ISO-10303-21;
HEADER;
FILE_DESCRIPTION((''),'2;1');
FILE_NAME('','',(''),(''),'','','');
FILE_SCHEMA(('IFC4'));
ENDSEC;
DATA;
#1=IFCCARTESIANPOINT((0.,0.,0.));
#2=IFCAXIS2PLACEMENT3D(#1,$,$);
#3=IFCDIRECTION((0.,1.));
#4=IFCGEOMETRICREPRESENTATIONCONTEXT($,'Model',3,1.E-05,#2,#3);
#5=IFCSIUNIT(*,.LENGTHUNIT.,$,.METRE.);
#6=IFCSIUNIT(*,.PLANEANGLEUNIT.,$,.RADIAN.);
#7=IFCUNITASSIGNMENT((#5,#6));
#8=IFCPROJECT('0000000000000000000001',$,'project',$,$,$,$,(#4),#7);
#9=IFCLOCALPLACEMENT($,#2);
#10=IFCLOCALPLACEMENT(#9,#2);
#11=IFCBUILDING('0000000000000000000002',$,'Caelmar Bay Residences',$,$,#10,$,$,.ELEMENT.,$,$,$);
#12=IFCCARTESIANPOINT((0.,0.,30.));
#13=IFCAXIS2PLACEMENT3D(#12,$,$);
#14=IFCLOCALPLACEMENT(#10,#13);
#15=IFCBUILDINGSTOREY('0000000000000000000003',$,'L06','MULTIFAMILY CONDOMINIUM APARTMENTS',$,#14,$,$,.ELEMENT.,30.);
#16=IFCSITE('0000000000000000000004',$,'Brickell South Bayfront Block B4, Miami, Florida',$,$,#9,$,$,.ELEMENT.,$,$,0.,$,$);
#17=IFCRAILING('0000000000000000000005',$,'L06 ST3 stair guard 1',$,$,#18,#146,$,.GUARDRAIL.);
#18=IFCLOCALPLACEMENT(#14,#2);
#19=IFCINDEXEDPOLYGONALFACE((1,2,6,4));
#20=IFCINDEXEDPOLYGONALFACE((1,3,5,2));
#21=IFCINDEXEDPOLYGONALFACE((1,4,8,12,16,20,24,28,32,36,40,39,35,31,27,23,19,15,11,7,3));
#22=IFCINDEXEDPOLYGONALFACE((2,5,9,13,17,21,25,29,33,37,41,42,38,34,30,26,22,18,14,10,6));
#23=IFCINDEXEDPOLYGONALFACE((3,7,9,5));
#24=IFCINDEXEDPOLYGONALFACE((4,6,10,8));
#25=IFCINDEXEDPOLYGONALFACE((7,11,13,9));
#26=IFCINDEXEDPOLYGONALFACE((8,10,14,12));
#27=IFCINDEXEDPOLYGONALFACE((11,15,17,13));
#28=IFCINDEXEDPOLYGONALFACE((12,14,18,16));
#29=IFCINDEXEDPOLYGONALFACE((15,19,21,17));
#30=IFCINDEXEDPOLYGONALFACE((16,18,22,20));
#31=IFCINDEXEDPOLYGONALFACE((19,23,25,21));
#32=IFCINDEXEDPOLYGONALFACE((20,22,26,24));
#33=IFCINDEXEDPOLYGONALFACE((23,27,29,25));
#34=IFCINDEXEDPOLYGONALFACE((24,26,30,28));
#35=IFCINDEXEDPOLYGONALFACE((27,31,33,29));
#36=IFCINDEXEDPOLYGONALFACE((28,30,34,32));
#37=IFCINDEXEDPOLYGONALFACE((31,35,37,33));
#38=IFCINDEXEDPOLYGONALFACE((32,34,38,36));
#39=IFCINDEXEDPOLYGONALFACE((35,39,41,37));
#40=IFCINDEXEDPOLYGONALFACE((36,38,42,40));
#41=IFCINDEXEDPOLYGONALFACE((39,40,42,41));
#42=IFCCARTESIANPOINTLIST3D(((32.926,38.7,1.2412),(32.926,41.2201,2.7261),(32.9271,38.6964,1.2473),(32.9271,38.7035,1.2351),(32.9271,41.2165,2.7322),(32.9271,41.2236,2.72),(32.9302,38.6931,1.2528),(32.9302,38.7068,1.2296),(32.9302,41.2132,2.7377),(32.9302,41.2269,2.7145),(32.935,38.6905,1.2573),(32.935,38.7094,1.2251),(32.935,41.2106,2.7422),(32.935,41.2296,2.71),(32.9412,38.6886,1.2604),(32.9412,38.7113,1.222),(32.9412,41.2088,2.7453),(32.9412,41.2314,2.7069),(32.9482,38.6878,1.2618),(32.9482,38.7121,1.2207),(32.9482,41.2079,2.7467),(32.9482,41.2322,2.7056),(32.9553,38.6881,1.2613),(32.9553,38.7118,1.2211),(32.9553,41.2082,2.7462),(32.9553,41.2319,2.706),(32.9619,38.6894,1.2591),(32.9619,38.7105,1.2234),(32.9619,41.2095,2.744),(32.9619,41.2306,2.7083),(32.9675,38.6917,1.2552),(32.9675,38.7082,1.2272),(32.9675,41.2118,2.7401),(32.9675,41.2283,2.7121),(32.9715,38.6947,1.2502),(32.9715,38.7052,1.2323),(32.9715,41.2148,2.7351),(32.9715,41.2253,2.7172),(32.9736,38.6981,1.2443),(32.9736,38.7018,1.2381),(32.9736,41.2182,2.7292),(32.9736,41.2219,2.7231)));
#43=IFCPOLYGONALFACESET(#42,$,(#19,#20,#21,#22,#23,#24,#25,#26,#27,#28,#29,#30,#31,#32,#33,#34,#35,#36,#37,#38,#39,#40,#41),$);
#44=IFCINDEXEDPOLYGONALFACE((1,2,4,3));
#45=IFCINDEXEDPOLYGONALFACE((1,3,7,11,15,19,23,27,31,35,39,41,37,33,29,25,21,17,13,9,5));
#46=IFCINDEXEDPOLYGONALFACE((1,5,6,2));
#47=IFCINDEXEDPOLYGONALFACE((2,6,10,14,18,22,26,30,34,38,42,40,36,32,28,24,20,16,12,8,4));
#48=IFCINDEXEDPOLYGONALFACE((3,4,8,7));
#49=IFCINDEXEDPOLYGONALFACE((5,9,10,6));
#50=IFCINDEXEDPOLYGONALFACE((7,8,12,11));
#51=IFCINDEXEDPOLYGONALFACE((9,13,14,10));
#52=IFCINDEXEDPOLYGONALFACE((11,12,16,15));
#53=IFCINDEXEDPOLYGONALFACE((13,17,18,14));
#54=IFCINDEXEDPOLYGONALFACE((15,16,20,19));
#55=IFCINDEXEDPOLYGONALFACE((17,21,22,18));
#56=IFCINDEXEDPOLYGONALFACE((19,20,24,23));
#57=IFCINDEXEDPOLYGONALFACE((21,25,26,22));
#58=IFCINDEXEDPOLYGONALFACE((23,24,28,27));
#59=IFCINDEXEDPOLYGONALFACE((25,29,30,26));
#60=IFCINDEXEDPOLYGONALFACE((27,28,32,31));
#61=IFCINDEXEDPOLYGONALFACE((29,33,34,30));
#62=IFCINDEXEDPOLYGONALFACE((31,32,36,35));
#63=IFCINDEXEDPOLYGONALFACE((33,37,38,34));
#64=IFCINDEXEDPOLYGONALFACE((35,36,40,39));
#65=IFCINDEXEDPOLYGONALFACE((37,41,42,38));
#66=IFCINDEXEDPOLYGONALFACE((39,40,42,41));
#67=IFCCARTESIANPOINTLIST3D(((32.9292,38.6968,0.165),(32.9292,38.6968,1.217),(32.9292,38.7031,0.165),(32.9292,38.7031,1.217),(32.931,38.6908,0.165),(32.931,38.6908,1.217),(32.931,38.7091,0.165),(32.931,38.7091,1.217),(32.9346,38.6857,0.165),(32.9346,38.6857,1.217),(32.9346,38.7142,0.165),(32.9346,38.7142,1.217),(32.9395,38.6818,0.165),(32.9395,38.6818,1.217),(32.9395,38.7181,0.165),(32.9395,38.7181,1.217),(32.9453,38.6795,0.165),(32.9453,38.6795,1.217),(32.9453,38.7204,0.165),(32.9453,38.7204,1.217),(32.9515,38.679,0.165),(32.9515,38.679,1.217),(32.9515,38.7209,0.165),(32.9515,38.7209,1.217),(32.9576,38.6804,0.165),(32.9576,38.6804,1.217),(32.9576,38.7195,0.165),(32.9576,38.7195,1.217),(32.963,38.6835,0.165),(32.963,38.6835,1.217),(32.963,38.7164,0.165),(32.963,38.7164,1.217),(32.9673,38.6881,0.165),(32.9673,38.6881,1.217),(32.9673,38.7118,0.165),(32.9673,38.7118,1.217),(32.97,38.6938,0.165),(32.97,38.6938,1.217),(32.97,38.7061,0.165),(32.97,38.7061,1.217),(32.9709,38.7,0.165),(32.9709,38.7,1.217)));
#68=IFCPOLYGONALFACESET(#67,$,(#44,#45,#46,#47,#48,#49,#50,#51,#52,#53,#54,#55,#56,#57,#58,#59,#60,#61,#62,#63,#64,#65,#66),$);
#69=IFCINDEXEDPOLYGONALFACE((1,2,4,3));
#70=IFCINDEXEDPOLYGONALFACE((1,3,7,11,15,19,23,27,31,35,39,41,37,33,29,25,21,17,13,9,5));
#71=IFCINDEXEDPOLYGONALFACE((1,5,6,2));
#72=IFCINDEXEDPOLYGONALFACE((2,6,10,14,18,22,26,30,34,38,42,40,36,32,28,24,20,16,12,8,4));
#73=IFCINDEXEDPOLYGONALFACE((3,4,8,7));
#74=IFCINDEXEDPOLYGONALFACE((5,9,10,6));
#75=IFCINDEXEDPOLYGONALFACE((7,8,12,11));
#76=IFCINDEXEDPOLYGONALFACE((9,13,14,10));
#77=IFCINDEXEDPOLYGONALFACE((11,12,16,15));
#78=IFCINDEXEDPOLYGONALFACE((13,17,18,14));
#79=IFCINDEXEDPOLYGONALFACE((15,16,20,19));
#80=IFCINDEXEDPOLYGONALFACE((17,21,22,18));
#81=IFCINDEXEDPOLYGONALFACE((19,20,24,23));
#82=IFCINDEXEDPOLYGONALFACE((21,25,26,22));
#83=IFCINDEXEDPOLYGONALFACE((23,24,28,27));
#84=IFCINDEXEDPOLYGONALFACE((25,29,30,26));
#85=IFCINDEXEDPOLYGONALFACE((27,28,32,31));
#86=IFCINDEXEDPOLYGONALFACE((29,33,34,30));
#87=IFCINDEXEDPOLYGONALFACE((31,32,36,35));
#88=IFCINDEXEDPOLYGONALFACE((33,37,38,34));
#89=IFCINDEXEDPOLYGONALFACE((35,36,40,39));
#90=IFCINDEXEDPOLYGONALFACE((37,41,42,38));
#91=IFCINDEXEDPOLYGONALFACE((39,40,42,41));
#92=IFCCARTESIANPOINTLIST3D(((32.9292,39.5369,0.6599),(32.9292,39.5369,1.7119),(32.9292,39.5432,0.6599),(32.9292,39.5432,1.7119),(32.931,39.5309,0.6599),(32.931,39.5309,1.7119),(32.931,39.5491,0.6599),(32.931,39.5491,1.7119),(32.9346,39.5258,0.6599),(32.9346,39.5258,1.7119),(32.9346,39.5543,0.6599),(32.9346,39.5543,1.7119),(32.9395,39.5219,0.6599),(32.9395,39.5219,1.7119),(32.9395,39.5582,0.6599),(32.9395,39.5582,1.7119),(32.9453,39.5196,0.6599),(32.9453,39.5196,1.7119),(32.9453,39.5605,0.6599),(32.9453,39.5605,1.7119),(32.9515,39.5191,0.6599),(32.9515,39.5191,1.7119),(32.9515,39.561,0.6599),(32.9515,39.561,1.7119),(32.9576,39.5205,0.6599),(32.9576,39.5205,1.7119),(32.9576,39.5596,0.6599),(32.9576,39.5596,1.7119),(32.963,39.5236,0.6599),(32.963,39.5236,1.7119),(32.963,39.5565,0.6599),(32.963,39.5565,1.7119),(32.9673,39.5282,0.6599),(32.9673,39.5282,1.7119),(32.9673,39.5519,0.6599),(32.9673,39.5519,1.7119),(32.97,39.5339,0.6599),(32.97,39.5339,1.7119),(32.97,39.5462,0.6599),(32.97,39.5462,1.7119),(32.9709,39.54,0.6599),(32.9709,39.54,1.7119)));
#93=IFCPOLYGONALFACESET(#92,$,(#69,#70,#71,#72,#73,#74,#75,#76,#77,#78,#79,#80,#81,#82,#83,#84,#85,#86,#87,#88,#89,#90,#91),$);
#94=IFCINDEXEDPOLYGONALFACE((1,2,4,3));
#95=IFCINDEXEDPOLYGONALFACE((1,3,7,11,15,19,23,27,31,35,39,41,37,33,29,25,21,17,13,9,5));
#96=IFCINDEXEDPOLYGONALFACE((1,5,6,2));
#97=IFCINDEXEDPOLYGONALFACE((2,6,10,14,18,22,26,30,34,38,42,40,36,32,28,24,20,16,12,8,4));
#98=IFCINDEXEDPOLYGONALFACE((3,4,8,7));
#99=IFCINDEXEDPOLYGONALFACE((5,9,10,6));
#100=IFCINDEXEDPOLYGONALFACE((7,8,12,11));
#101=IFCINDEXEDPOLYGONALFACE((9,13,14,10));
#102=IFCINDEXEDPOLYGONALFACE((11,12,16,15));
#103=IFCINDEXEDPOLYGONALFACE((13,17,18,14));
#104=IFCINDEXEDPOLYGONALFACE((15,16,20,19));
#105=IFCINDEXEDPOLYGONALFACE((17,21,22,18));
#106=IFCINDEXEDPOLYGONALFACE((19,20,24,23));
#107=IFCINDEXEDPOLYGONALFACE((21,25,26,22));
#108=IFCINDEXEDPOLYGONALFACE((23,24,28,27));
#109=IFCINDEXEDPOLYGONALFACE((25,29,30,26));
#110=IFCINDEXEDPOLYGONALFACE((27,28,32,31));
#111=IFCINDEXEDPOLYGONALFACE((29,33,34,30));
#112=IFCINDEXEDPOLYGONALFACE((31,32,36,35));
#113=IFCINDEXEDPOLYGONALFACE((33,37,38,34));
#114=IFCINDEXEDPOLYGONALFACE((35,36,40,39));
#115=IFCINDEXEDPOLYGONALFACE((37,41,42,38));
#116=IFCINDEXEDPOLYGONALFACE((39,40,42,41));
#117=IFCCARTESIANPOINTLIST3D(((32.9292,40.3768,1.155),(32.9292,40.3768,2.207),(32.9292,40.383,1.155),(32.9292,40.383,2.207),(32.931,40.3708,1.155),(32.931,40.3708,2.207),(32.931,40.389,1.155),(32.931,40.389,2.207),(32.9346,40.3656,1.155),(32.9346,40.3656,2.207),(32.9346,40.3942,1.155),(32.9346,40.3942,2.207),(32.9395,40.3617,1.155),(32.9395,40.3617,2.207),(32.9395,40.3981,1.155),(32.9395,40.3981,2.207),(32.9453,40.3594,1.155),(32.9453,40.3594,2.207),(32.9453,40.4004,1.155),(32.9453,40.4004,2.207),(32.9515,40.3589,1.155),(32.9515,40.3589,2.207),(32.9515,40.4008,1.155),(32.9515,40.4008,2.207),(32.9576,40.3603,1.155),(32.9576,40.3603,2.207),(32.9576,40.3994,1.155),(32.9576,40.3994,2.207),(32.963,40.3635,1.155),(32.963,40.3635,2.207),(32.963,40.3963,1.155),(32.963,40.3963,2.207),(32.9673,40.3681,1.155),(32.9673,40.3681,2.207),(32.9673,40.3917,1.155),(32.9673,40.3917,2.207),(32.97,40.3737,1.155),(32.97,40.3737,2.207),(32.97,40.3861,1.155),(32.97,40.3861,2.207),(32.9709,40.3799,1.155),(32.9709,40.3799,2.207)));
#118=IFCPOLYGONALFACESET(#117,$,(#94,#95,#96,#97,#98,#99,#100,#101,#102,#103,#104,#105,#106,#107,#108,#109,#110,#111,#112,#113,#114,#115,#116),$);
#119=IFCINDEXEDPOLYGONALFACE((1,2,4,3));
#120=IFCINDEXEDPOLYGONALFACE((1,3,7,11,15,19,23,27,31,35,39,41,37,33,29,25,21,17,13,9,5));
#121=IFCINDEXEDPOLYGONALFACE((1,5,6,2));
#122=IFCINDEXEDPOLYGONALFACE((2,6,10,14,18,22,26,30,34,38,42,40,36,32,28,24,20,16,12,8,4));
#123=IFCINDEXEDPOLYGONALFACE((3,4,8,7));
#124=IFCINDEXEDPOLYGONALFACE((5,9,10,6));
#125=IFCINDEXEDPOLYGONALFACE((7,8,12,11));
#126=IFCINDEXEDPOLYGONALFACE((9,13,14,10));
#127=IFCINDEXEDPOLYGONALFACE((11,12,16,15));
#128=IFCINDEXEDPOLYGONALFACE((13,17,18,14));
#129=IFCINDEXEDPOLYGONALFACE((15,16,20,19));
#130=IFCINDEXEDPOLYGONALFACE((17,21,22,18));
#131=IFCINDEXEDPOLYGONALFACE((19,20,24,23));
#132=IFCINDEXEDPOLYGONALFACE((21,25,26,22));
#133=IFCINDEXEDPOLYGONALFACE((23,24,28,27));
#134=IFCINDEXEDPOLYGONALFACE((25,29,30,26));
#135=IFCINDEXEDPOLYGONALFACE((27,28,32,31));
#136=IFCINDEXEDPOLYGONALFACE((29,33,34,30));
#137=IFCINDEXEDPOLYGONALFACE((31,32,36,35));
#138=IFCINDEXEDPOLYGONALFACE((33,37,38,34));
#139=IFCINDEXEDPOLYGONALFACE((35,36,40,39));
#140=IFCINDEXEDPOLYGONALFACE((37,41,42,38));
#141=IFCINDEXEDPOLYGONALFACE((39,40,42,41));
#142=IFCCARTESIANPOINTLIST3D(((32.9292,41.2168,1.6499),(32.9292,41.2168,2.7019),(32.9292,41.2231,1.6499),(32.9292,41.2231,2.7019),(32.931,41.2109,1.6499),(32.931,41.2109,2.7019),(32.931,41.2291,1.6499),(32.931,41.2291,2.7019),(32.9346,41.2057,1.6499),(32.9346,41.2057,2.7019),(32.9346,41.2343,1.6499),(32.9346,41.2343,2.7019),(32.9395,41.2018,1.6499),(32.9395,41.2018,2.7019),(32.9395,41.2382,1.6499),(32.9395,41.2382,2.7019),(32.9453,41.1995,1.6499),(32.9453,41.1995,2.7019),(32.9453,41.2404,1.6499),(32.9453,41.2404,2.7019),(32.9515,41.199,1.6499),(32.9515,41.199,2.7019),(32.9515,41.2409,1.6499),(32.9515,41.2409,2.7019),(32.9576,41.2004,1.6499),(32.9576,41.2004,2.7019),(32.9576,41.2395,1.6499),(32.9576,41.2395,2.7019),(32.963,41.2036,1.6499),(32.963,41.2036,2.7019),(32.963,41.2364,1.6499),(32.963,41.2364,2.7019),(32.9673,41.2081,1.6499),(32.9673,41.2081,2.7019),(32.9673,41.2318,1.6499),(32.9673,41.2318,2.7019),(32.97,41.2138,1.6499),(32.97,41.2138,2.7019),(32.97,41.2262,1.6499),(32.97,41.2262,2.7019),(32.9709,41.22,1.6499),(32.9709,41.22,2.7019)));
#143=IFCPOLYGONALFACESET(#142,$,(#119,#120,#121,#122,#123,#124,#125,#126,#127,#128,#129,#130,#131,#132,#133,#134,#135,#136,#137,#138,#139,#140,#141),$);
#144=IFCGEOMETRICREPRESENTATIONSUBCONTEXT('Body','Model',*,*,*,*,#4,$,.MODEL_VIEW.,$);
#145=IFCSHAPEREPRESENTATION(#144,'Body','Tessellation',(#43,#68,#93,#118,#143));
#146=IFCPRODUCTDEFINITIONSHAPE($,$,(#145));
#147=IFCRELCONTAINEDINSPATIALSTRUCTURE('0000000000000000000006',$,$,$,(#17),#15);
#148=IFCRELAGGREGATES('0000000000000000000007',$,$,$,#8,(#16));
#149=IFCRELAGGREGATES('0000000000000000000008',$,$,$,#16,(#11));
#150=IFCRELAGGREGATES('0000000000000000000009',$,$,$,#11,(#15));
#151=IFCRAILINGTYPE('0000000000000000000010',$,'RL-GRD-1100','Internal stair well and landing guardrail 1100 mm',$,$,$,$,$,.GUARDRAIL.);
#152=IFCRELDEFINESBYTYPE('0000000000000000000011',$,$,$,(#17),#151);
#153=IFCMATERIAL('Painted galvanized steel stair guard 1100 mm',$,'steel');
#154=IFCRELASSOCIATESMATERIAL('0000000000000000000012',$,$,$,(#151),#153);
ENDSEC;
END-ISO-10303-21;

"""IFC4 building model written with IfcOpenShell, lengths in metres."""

from ifc_helpers import new_model, si_unit, direction, frame, origin, origin_2d, place, context, subcontext, project, spatial, circle, extrude, material, type_object, element, save


model = new_model("IFC4")

# Units and contexts
model_context = context("Model", 3, precision=1e-05, world=origin(), true_north=direction((0.0, 1.0)))
body_context = subcontext(model_context, "Body", "Model", "MODEL_VIEW")
ifc_project = project(units=[si_unit("LENGTHUNIT", "METRE"), si_unit("PLANEANGLEUNIT", "RADIAN")], contexts=[model_context])

# Site, building, storey
site_placement = place(None, origin())
site = spatial("IfcSite", under=ifc_project, at=site_placement, Name="Brickell South Bayfront Block B4, Miami, Florida", CompositionType="ELEMENT", RefElevation=0.0)
building_placement = place(site_placement, origin())
building = spatial("IfcBuilding", under=site, at=building_placement, Name="Caelmar Bay Residences", CompositionType="ELEMENT")
storey_placement = place(building_placement, frame((0.0, 0.0, 30.0)))
storey = spatial("IfcBuildingStorey", under=building, at=storey_placement, Name="L06", Description="MULTIFAMILY CONDOMINIUM APARTMENTS", CompositionType="ELEMENT", Elevation=30.0)

# Railing
ifc_material_1 = material(Name="Painted galvanized steel stair guard 1100 mm", Category="steel")
railing_type_1 = type_object("IfcRailingType", Name="RL-GRD-1100", Description="Internal stair well and landing guardrail 1100 mm", PredefinedType="GUARDRAIL", material=ifc_material_1)
railing_1_placement = place(storey_placement, frame((32.95, 38.7, 0.165)))
element("IfcRailing", 1, at=railing_1_placement, inside=storey, type_object=railing_type_1, Name="L06 ST3 stair guard 1", PredefinedType="GUARDRAIL", context=body_context, shape_type="SweptSolid", body=[
    extrude(circle(Radius=0.0239, at=origin_2d()), frame((0.0, 0.0, 1.0762), z_axis=(0.0, 0.861561, 0.507655), x_axis=(-1.0, 0.0, 0.0)), (0.0, 0.0, 1.0), 2.925),
    extrude(circle(Radius=0.021, at=origin_2d()), origin(), (0.0, 0.0, 1.0), 1.052),
    extrude(circle(Radius=0.021, at=origin_2d()), frame((0.0, 0.8401, 0.4949)), (0.0, 0.0, 1.0), 1.052),
    extrude(circle(Radius=0.021, at=origin_2d()), frame((0.0, 1.6799, 0.99)), (0.0, 0.0, 1.0), 1.052),
    extrude(circle(Radius=0.021, at=origin_2d()), frame((0.0, 2.52, 1.4849)), (0.0, 0.0, 1.0), 1.052),
])

save(model, "model.ifc")
